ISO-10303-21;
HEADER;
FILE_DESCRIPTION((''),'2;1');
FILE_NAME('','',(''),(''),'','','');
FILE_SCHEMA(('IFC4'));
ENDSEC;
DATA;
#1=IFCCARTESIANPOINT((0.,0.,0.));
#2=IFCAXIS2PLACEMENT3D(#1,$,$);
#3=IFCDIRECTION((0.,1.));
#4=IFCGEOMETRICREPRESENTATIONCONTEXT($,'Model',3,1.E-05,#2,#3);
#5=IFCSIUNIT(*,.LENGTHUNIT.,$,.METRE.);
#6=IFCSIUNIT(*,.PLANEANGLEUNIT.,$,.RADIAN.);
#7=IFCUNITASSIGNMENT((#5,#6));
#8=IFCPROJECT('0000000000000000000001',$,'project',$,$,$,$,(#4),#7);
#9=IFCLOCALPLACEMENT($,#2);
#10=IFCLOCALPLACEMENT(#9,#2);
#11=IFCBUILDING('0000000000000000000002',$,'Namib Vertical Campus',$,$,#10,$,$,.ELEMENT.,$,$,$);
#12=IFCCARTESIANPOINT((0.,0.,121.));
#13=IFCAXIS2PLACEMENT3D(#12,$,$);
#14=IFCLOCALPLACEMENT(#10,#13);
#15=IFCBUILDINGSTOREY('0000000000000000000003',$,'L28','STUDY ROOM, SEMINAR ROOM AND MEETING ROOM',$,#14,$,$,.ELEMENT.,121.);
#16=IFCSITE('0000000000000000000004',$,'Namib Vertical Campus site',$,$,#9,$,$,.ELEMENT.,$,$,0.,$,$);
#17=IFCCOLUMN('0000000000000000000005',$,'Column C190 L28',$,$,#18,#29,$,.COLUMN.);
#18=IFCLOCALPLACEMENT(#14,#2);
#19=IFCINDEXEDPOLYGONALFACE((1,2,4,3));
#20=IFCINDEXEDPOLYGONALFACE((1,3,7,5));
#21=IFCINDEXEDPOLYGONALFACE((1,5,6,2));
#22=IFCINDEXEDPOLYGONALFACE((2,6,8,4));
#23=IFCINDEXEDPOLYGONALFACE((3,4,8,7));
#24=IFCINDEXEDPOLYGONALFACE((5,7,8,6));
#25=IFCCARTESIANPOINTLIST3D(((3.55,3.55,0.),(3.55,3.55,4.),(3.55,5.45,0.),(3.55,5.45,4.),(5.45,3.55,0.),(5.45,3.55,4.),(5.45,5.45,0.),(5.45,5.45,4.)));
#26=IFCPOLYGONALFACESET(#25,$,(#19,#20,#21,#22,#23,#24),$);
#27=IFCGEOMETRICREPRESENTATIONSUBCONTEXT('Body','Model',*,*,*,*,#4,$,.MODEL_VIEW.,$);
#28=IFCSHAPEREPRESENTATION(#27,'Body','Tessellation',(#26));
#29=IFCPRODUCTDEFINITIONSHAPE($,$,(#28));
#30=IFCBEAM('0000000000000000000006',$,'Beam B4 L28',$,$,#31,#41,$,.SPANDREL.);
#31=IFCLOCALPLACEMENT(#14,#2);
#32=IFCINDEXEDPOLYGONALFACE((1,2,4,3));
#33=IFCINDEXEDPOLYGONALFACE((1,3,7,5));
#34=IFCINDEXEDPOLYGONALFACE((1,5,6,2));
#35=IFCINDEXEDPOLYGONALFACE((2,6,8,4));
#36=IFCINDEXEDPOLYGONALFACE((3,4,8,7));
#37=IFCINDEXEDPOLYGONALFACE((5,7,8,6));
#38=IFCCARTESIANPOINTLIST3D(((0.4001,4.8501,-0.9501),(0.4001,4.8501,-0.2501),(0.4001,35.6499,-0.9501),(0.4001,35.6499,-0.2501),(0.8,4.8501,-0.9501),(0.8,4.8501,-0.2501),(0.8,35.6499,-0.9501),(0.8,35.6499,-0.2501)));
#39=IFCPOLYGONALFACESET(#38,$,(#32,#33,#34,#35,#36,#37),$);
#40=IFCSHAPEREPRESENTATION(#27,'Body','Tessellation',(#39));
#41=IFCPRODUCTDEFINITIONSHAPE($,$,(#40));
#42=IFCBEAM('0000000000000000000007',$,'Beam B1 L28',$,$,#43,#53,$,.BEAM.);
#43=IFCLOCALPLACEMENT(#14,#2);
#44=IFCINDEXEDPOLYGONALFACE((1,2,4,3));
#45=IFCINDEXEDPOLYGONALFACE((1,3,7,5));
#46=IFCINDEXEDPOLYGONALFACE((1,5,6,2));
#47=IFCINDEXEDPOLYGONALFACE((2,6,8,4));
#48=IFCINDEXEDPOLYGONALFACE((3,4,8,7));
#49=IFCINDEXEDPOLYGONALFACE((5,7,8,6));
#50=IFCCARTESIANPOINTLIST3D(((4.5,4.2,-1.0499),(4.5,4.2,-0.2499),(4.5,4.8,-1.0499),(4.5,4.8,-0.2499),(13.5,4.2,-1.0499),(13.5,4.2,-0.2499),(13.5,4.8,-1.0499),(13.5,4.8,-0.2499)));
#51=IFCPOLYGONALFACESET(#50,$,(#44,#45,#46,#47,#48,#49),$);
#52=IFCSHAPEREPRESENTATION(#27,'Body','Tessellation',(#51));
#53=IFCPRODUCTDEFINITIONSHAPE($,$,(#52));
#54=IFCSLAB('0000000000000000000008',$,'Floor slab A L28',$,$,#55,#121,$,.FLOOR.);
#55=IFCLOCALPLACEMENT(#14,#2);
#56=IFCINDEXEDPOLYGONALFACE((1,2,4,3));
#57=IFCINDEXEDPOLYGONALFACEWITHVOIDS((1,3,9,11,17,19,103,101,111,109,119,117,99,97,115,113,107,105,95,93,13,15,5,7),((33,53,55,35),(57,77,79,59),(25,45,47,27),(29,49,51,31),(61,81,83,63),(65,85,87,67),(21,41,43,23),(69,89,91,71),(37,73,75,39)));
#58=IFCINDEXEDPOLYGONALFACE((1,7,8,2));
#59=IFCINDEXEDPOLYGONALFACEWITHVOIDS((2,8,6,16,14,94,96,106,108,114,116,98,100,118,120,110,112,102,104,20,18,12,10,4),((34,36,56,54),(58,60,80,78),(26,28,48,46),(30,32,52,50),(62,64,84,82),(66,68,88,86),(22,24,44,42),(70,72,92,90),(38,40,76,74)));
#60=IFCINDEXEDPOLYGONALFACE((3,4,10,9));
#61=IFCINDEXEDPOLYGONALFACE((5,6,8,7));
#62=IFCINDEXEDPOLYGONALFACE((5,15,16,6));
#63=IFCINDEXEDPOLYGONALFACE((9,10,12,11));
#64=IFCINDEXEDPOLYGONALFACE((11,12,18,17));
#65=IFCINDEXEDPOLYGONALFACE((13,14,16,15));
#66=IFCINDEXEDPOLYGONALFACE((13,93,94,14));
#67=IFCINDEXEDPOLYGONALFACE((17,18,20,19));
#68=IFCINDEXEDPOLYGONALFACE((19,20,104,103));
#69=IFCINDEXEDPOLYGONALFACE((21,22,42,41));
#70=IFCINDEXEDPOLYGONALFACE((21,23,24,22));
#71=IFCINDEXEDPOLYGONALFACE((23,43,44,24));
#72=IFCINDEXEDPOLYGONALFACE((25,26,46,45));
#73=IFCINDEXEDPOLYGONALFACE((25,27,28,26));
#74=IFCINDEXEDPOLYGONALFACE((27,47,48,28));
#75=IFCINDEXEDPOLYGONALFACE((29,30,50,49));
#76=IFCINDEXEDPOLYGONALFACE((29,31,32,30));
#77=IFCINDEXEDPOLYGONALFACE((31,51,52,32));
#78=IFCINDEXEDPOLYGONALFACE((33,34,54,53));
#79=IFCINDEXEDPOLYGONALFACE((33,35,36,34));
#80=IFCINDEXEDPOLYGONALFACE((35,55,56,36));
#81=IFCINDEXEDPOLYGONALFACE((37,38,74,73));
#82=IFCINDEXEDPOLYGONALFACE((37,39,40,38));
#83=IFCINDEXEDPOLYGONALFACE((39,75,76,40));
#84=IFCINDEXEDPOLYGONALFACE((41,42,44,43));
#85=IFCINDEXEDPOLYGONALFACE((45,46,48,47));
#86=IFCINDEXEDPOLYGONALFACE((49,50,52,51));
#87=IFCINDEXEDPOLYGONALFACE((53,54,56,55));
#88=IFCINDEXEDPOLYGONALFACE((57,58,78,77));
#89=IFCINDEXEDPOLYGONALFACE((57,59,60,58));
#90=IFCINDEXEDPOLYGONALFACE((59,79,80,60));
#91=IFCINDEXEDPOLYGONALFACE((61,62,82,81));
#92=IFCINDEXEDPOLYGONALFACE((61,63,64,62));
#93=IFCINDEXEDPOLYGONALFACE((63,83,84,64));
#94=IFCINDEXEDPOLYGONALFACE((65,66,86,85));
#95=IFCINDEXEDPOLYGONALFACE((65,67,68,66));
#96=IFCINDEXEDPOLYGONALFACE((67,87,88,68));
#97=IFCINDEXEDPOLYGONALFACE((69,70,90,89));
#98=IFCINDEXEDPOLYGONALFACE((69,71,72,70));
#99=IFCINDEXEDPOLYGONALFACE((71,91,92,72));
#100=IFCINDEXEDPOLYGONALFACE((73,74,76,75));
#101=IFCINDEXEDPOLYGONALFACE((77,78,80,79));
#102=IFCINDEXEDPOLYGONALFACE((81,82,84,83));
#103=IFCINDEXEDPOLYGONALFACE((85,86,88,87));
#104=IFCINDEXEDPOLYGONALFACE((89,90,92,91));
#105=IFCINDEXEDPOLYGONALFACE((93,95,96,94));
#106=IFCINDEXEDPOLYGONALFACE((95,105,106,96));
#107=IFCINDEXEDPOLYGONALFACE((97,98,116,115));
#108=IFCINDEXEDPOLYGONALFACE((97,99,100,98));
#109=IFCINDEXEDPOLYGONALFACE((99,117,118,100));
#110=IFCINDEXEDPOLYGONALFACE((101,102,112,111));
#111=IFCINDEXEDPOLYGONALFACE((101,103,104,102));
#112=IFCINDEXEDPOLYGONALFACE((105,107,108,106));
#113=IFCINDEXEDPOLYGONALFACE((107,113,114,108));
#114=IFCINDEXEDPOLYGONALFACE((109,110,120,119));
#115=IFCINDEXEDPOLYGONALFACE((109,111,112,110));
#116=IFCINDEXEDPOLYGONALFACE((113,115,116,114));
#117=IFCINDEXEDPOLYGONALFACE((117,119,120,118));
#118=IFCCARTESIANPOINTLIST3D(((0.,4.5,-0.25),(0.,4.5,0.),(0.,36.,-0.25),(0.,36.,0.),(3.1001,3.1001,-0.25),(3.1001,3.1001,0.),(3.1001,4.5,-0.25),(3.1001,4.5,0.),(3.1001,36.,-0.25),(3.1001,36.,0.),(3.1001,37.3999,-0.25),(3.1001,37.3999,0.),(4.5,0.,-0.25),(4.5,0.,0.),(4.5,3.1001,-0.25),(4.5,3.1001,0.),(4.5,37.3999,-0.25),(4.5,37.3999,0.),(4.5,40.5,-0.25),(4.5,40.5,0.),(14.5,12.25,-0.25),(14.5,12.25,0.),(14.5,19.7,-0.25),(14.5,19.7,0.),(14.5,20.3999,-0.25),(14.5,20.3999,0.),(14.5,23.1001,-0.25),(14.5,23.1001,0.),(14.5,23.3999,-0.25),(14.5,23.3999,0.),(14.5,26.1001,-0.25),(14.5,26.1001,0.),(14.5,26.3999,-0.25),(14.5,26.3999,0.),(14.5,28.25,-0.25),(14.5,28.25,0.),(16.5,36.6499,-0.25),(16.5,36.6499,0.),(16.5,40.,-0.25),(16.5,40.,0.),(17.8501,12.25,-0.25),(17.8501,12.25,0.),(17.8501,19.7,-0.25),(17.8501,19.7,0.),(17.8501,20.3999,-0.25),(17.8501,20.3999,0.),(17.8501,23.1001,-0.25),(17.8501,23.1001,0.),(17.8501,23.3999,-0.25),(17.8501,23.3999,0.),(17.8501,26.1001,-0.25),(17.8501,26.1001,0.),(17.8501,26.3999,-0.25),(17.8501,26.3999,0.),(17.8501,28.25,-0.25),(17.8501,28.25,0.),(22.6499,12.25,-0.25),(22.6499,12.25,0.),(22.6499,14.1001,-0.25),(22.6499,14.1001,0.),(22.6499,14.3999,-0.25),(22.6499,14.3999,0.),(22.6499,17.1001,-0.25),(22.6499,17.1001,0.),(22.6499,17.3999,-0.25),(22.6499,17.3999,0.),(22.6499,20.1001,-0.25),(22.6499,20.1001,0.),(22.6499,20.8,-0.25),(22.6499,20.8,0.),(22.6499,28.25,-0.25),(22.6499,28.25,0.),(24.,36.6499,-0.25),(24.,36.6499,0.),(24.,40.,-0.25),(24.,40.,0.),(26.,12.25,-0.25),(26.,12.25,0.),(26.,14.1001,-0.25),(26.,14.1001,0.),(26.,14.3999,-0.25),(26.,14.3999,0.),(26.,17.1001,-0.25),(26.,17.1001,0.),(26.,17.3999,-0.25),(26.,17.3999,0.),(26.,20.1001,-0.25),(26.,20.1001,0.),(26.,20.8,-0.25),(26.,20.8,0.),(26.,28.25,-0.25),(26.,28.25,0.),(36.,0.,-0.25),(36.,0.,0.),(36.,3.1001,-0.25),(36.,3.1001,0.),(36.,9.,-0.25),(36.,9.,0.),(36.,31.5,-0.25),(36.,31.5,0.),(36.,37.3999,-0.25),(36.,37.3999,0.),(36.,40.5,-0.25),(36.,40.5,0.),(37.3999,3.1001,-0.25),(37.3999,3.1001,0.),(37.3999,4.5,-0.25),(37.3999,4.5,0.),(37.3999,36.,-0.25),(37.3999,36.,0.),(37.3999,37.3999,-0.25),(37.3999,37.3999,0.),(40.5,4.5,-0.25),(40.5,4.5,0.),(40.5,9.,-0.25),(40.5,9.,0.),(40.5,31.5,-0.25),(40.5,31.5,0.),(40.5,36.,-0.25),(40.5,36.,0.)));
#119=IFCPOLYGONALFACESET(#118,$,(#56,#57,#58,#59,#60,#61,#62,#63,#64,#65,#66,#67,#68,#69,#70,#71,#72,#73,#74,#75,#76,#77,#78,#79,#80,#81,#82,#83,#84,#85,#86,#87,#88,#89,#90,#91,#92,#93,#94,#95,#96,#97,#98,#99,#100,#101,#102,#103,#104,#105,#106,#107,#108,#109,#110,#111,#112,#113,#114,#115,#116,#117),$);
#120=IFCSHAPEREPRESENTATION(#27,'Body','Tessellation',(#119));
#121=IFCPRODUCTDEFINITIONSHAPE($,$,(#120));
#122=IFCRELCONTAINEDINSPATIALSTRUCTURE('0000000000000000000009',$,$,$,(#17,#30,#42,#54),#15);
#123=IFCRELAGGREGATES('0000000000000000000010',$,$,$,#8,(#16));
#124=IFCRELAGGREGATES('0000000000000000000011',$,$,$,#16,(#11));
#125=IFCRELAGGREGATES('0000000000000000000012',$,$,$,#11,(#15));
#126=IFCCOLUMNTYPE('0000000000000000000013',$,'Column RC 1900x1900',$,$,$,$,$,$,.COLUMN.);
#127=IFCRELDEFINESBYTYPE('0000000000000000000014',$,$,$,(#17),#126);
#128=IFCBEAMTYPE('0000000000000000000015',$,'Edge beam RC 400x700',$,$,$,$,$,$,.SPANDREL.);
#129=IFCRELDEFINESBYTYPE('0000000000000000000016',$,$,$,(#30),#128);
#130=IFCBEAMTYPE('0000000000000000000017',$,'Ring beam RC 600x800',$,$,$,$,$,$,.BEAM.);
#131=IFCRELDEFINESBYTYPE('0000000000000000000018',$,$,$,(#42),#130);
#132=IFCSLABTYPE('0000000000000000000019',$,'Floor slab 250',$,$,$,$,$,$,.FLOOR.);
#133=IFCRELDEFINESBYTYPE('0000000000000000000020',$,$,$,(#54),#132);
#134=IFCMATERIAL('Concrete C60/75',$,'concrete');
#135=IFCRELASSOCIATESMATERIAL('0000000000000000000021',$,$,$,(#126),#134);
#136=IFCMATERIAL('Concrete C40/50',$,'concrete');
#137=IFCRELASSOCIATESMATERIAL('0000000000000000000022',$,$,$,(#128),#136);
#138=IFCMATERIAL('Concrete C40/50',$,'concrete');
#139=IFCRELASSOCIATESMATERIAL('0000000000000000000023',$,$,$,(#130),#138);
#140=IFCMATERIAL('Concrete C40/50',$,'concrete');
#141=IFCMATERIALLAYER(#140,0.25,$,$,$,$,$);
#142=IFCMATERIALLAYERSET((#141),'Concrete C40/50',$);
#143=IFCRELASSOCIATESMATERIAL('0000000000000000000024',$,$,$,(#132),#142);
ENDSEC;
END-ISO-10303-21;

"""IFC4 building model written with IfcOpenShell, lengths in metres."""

from ifc_helpers import new_model, si_unit, direction, frame, origin, origin_2d, place, context, subcontext, project, spatial, polyline, rectangle, outline, extrude, material, layer, layer_set, material_profile, profile_set, type_object, element, save


model = new_model("IFC4")

# Units and contexts
model_context = context("Model", 3, precision=1e-05, world=origin(), true_north=direction((0.0, 1.0)))
body_context = subcontext(model_context, "Body", "Model", "MODEL_VIEW")
ifc_project = project(units=[si_unit("LENGTHUNIT", "METRE"), si_unit("PLANEANGLEUNIT", "RADIAN")], contexts=[model_context])

# Site, building, storey
site_placement = place(None, origin())
site = spatial("IfcSite", under=ifc_project, at=site_placement, Name="Namib Vertical Campus site", CompositionType="ELEMENT", RefElevation=0.0)
building_placement = place(site_placement, origin())
building = spatial("IfcBuilding", under=site, at=building_placement, Name="Namib Vertical Campus", CompositionType="ELEMENT")
storey_placement = place(building_placement, frame((0.0, 0.0, 121.0)))
storey = spatial("IfcBuildingStorey", under=building, at=storey_placement, Name="L28", Description="STUDY ROOM, SEMINAR ROOM AND MEETING ROOM", CompositionType="ELEMENT", Elevation=121.0)

# Column
ifc_material_1 = material(Name="Concrete C60/75", Category="concrete")
ifc_material_profile_1 = material_profile(ifc_material_1, rectangle(XDim=1.8999, YDim=1.8999, at=origin_2d()))
ifc_profile_set_1 = profile_set([ifc_material_profile_1], Name="Concrete C60/75")
column_type = type_object("IfcColumnType", Name="Column RC 1900x1900", PredefinedType="COLUMN", material=ifc_profile_set_1)
column_placement = place(storey_placement, frame((4.5, 4.5, 0.0), z_axis=(0.0, 0.0, 1.0), x_axis=(1.0, 0.0, 0.0)))
element("IfcColumn", 1, at=column_placement, inside=storey, type_object=column_type, Name="Column C190 L28", PredefinedType="COLUMN", context=body_context, shape_type="SweptSolid", body=[
    extrude(rectangle(XDim=1.8999, YDim=1.8999, at=origin_2d()), origin(), (0.0, 0.0, 1.0), 4.0),
])

# Beams
ifc_material_2 = material(Name="Concrete C40/50", Category="concrete")
ifc_material_profile_2 = material_profile(ifc_material_2, rectangle(XDim=0.3999, YDim=0.7, at=origin_2d()))
ifc_profile_set_2 = profile_set([ifc_material_profile_2], Name="Concrete C40/50")
beam_type_1 = type_object("IfcBeamType", Name="Edge beam RC 400x700", PredefinedType="SPANDREL", material=ifc_profile_set_2)
beam_1_placement = place(storey_placement, frame((0.6001, 4.8501, -0.6001), z_axis=(0.0, 1.0, 0.0), x_axis=(-1.0, 0.0, 0.0)))
element("IfcBeam", 2, at=beam_1_placement, inside=storey, type_object=beam_type_1, Name="Beam B4 L28", PredefinedType="SPANDREL", context=body_context, shape_type="SweptSolid", body=[
    extrude(rectangle(XDim=0.3999, YDim=0.7, at=origin_2d()), origin(), (0.0, 0.0, 1.0), 30.7998),
])
ifc_material_3 = material(Name="Concrete C40/50", Category="concrete")
ifc_material_profile_3 = material_profile(ifc_material_3, rectangle(XDim=0.6001, YDim=0.8, at=origin_2d()))
ifc_profile_set_3 = profile_set([ifc_material_profile_3], Name="Concrete C40/50")
beam_type_2 = type_object("IfcBeamType", Name="Ring beam RC 600x800", PredefinedType="BEAM", material=ifc_profile_set_3)
beam_2_placement = place(storey_placement, frame((4.5, 4.5, -0.6499), z_axis=(1.0, 0.0, 0.0), x_axis=(0.0, 1.0, 0.0)))
element("IfcBeam", 3, at=beam_2_placement, inside=storey, type_object=beam_type_2, Name="Beam B1 L28", PredefinedType="BEAM", context=body_context, shape_type="SweptSolid", body=[
    extrude(rectangle(XDim=0.6001, YDim=0.8, at=origin_2d()), origin(), (0.0, 0.0, 1.0), 9.0),
])

# Slab
ifc_material_4 = material(Name="Concrete C40/50", Category="concrete")
ifc_layer_1 = layer(ifc_material_4, 0.25)
ifc_layer_set_1 = layer_set([ifc_layer_1], Name="Concrete C40/50")
slab_type_1 = type_object("IfcSlabType", Name="Floor slab 250", PredefinedType="FLOOR", material=ifc_layer_set_1)
slab_1_placement = place(storey_placement, frame((0.0, 0.0, -0.25)))
element("IfcSlab", 4, at=slab_1_placement, inside=storey, type_object=slab_type_1, Name="Floor slab A L28", PredefinedType="FLOOR", context=body_context, shape_type="SweptSolid", body=[
    extrude(outline(polyline([(4.5, 3.1001), (4.5, 0.0), (36.0, 0.0), (36.0, 3.1001), (37.3999, 3.1001), (37.3999, 4.5), (40.5, 4.5), (40.5, 9.0), (36.0, 9.0), (36.0, 31.5), (40.5, 31.5), (40.5, 36.0), (37.3999, 36.0), (37.3999, 37.3999), (36.0, 37.3999), (36.0, 40.5), (4.5, 40.5), (4.5, 37.3999), (3.1001, 37.3999), (3.1001, 36.0), (0.0, 36.0), (0.0, 4.5), (3.1001, 4.5), (3.1001, 3.1001), (4.5, 3.1001)]), holes=[polyline([(14.5, 12.25), (17.8501, 12.25), (17.8501, 19.7), (14.5, 19.7), (14.5, 12.25)]), polyline([(22.6499, 20.8), (26.0, 20.8), (26.0, 28.25), (22.6499, 28.25), (22.6499, 20.8)]), polyline([(22.6499, 12.25), (26.0, 12.25), (26.0, 14.1001), (22.6499, 14.1001), (22.6499, 12.25)]), polyline([(14.5, 20.3999), (17.8501, 20.3999), (17.8501, 23.1001), (14.5, 23.1001), (14.5, 20.3999)]), polyline([(14.5, 23.3999), (17.8501, 23.3999), (17.8501, 26.1001), (14.5, 26.1001), (14.5, 23.3999)]), polyline([(14.5, 26.3999), (17.8501, 26.3999), (17.8501, 28.25), (14.5, 28.25), (14.5, 26.3999)]), polyline([(22.6499, 14.3999), (26.0, 14.3999), (26.0, 17.1001), (22.6499, 17.1001), (22.6499, 14.3999)]), polyline([(22.6499, 17.3999), (26.0, 17.3999), (26.0, 20.1001), (22.6499, 20.1001), (22.6499, 17.3999)]), polyline([(16.5, 36.6499), (24.0, 36.6499), (24.0, 40.0), (16.5, 40.0), (16.5, 36.6499)])]), origin(), (0.0, 0.0, 1.0), 0.25),
])

save(model, "model.ifc")
